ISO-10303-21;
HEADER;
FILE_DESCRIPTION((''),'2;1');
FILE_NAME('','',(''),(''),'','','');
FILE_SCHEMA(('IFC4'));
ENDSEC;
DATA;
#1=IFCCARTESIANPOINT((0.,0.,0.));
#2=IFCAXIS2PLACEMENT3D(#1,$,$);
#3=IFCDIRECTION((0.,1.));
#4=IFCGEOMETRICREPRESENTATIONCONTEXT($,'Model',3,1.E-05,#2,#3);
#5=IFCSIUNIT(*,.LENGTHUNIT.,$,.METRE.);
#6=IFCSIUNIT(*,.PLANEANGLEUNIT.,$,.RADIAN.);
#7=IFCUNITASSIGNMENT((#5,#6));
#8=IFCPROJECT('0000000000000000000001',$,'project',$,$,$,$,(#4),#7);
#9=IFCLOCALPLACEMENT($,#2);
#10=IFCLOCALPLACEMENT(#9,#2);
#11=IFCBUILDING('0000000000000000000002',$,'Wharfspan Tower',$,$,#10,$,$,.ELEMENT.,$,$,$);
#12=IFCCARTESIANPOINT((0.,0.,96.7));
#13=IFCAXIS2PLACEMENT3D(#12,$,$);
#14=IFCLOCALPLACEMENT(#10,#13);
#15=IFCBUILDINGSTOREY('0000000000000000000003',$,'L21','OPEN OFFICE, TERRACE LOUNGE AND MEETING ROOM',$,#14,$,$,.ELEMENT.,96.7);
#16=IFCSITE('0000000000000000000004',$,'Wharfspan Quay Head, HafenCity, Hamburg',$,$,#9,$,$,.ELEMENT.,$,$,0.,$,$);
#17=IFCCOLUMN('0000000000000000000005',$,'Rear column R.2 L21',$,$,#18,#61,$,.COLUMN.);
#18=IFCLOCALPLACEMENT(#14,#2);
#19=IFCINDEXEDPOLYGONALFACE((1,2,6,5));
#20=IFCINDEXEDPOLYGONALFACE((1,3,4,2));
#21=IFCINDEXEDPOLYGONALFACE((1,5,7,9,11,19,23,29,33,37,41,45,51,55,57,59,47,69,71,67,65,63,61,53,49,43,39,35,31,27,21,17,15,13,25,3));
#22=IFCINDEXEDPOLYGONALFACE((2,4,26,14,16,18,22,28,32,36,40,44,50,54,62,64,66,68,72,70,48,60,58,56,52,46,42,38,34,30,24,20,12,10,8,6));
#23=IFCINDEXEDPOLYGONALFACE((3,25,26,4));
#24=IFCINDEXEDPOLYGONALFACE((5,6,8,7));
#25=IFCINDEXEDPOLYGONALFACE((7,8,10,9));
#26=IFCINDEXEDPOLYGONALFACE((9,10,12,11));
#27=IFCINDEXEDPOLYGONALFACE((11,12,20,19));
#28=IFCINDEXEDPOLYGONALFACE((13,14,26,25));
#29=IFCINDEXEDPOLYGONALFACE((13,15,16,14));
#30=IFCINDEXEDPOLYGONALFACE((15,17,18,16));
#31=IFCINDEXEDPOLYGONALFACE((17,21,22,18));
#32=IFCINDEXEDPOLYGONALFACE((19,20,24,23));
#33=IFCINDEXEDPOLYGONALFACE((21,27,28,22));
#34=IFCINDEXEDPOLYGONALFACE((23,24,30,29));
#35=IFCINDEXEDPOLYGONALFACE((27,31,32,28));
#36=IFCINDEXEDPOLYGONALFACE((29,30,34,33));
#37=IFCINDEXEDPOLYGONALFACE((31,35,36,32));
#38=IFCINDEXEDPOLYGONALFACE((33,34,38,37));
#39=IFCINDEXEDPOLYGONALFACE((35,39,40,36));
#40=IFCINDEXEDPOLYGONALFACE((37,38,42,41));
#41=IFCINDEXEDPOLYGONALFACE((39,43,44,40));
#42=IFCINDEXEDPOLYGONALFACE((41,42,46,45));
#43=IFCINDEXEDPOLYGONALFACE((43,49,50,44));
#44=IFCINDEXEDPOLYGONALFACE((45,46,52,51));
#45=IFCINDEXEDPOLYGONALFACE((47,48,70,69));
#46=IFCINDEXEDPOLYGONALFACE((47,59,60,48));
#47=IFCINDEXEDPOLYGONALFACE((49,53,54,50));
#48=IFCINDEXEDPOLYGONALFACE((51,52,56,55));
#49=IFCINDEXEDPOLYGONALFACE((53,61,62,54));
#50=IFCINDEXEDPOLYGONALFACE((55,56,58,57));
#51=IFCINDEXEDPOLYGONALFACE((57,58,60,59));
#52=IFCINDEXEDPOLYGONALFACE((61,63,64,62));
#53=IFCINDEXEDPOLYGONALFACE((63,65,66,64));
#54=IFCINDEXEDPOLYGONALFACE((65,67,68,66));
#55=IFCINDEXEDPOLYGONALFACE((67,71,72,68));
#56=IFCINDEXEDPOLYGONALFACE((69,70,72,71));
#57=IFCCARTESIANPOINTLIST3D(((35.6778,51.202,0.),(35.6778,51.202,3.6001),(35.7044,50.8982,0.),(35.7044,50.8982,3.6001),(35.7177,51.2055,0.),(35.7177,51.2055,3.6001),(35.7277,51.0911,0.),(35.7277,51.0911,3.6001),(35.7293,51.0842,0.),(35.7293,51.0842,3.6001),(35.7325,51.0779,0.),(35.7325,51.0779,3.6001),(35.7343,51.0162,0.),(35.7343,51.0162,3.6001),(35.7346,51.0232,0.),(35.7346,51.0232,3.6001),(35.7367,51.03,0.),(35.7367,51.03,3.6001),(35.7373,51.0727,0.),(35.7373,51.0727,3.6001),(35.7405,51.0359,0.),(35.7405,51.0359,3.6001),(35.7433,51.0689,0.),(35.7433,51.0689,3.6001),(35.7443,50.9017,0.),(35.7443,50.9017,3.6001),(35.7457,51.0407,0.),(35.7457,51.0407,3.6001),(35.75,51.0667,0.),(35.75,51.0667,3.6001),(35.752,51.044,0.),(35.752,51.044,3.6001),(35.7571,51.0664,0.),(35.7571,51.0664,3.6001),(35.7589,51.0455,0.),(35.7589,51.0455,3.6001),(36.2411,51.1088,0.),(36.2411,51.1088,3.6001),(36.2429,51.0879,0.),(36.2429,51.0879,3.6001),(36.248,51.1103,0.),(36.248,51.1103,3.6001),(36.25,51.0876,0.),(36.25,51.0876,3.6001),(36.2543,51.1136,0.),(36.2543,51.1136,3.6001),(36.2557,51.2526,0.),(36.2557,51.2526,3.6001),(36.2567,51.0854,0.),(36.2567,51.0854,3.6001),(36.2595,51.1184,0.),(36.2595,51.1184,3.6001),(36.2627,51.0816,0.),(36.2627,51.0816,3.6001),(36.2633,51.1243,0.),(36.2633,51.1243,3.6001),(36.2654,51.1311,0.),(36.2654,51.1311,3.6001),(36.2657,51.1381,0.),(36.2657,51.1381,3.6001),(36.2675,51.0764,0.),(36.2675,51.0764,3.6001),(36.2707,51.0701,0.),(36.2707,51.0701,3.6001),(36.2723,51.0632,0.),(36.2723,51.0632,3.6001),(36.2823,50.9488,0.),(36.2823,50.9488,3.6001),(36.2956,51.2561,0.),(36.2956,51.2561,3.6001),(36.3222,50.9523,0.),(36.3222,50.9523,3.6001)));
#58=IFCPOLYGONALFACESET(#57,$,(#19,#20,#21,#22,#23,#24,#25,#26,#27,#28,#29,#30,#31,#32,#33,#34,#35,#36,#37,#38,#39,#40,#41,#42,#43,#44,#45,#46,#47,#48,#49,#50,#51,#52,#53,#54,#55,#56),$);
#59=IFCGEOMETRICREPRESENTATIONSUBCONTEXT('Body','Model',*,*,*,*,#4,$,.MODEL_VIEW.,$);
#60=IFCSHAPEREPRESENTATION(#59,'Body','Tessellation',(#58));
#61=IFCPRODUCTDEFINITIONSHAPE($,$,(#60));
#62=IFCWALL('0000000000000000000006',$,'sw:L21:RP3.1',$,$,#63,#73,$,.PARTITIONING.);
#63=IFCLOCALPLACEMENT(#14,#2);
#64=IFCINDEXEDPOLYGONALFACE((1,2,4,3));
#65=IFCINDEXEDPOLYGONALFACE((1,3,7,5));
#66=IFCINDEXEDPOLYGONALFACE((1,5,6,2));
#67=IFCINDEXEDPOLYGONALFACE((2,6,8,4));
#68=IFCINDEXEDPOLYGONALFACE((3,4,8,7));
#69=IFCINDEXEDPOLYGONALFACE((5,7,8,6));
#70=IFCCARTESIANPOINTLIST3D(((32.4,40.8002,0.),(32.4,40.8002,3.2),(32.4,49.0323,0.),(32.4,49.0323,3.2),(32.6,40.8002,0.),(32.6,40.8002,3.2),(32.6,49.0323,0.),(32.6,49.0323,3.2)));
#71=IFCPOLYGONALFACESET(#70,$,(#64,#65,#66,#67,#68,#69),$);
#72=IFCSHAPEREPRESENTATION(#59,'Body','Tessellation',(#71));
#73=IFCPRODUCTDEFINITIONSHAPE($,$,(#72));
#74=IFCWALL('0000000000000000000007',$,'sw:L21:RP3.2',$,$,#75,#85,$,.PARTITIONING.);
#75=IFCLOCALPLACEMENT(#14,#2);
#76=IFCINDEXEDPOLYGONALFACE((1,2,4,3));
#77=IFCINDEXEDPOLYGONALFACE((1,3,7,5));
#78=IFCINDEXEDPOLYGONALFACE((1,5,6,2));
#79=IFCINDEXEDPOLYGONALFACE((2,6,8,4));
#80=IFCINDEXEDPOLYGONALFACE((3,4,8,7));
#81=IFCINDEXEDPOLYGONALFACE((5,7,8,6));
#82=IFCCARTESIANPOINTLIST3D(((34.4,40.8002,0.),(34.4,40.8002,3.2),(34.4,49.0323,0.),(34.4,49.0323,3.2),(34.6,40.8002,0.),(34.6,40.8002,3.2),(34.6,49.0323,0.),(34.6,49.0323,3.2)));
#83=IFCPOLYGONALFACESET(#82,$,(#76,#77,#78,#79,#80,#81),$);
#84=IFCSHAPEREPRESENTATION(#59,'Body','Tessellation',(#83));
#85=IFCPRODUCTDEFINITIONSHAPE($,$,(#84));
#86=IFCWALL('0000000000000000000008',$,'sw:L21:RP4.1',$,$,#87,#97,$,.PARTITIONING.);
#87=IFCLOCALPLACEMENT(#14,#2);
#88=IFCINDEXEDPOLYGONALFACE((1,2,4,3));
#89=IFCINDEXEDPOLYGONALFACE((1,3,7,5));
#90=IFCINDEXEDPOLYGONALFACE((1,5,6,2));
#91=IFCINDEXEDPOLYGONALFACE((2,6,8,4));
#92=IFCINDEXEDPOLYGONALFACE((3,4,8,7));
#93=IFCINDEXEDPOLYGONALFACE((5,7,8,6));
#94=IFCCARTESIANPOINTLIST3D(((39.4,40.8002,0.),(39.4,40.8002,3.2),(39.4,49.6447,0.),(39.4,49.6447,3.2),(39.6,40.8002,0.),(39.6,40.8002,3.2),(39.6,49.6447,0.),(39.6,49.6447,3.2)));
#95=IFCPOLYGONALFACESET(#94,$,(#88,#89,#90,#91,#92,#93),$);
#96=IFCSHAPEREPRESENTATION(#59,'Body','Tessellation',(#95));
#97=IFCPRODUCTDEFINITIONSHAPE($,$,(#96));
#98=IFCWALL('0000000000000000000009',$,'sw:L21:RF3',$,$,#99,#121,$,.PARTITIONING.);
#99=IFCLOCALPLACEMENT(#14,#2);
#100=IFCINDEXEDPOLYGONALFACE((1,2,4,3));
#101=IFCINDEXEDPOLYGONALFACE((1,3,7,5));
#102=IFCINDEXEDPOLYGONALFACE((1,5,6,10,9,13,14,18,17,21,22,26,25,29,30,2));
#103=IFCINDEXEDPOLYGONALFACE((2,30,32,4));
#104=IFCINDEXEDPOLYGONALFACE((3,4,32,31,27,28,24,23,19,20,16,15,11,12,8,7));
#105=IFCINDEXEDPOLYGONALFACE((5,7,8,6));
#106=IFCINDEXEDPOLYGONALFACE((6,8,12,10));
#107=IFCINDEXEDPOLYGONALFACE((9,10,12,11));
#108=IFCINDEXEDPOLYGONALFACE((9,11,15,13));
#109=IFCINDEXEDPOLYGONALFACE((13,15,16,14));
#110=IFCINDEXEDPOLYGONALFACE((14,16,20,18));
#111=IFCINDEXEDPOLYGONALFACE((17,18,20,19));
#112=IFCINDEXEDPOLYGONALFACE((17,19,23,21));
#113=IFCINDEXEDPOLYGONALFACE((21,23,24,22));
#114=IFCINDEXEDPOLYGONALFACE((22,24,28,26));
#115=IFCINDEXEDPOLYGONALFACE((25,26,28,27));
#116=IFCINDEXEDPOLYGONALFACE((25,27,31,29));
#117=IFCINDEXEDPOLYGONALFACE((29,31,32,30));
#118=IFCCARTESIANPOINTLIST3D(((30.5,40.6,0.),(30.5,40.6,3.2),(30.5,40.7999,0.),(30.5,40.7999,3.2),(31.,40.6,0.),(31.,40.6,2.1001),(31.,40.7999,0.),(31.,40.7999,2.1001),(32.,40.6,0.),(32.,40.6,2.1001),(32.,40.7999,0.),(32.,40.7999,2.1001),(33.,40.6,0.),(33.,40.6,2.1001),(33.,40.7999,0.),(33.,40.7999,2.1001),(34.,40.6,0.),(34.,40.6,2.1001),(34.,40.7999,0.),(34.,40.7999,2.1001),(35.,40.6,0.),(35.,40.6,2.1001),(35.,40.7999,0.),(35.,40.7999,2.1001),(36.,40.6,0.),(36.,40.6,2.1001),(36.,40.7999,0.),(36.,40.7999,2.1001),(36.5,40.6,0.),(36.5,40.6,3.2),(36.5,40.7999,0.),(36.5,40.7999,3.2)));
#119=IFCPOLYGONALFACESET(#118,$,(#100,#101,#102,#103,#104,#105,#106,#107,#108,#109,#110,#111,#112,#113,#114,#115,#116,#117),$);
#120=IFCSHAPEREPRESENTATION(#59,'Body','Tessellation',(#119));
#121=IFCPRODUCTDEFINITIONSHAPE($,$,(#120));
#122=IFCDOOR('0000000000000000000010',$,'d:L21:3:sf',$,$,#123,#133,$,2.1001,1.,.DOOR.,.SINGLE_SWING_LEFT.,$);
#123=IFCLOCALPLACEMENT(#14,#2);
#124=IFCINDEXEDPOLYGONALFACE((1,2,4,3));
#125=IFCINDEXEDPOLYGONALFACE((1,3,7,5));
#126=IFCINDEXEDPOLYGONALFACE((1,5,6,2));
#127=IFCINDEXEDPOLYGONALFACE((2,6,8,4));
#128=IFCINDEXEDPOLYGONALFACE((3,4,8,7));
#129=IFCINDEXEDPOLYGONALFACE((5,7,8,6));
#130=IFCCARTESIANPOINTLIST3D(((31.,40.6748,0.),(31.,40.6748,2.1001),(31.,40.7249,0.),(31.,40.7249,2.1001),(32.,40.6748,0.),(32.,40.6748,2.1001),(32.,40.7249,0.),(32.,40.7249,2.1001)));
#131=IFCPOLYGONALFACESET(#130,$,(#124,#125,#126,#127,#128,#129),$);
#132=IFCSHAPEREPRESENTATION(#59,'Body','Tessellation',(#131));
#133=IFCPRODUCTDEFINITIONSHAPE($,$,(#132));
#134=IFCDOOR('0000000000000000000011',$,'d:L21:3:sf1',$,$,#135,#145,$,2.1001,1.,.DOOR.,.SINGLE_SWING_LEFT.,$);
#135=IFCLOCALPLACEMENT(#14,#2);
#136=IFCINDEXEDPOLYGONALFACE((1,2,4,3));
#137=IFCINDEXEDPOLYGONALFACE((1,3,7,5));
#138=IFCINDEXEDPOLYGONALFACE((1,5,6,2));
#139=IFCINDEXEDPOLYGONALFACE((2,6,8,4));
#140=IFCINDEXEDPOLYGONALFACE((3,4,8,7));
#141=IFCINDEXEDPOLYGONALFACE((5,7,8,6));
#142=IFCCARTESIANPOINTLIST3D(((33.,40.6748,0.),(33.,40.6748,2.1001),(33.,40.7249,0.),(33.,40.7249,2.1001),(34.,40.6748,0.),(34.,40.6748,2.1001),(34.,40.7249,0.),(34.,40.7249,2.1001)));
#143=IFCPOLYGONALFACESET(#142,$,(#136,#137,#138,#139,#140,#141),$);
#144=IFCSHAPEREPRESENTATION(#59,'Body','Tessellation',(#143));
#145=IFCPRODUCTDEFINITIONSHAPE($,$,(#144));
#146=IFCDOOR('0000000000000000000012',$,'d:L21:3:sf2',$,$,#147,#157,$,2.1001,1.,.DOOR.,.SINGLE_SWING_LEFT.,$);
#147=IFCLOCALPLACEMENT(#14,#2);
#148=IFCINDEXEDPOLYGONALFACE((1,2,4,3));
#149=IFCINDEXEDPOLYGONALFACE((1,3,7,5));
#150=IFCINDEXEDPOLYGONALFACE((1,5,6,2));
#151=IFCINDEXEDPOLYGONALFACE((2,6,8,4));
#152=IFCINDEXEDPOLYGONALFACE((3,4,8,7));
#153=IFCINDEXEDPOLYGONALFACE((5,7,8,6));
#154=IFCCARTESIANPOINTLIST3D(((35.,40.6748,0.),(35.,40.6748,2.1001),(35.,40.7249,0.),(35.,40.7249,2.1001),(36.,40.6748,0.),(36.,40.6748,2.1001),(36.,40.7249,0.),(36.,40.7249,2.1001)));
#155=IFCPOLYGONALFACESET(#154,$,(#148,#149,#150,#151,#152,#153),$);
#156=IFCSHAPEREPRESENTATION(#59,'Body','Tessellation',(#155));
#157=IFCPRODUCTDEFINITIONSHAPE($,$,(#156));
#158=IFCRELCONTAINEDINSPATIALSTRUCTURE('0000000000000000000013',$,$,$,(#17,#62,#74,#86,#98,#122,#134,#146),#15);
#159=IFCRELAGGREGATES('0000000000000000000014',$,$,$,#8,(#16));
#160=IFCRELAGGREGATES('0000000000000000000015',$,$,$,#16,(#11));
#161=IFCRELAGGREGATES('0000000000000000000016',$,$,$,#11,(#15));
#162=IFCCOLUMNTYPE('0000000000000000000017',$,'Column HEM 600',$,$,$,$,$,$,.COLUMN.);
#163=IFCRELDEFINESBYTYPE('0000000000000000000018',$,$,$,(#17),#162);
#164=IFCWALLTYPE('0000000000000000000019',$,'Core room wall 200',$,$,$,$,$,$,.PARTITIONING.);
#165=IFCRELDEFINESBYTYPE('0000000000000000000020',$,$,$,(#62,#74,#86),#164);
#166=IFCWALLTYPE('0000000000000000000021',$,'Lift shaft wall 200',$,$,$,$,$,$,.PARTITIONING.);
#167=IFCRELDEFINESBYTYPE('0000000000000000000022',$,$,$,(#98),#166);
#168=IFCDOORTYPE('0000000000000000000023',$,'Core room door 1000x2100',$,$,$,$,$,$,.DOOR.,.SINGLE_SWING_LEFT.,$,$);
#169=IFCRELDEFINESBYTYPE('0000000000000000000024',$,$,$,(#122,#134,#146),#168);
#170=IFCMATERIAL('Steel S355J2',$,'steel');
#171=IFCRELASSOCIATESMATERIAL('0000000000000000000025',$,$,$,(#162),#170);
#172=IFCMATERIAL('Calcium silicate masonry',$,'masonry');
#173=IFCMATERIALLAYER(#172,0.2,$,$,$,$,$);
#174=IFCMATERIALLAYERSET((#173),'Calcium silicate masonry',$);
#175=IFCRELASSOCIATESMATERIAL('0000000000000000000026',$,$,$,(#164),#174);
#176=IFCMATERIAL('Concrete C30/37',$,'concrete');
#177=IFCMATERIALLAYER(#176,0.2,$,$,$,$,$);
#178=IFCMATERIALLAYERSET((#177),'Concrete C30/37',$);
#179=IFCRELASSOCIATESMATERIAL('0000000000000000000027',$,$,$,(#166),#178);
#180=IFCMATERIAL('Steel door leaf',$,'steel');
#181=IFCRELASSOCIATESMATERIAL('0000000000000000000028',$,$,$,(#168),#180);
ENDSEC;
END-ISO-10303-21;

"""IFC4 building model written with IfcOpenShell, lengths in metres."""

from ifc_helpers import new_model, si_unit, direction, frame, frame_2d, origin, origin_2d, place, context, subcontext, project, spatial, rectangle, i_section, extrude, material, layer, layer_set, material_profile, profile_set, type_object, element, fill, save


model = new_model("IFC4")

# Units and contexts
model_context = context("Model", 3, precision=1e-05, world=origin(), true_north=direction((0.0, 1.0)))
body_context = subcontext(model_context, "Body", "Model", "MODEL_VIEW")
ifc_project = project(units=[si_unit("LENGTHUNIT", "METRE"), si_unit("PLANEANGLEUNIT", "RADIAN")], contexts=[model_context])

# Site, building, storey
site_placement = place(None, origin())
site = spatial("IfcSite", under=ifc_project, at=site_placement, Name="Wharfspan Quay Head, HafenCity, Hamburg", CompositionType="ELEMENT", RefElevation=0.0)
building_placement = place(site_placement, origin())
building = spatial("IfcBuilding", under=site, at=building_placement, Name="Wharfspan Tower", CompositionType="ELEMENT")
storey_placement = place(building_placement, frame((0.0, 0.0, 96.7)))
storey = spatial("IfcBuildingStorey", under=building, at=storey_placement, Name="L21", Description="OPEN OFFICE, TERRACE LOUNGE AND MEETING ROOM", CompositionType="ELEMENT", Elevation=96.7)

# Column
ifc_material_1 = material(Name="Steel S355J2", Category="steel")
ifc_material_profile = material_profile(ifc_material_1, i_section(OverallWidth=0.3049, OverallDepth=0.6201, WebThickness=0.021, FlangeThickness=0.04, FilletRadius=0.0271, at=origin_2d()))
ifc_profile_set = profile_set([ifc_material_profile], Name="Steel S355J2")
column_type = type_object("IfcColumnType", Name="Column HEM 600", PredefinedType="COLUMN", material=ifc_profile_set)
column_placement = place(storey_placement, frame((36.0, 51.0771, 0.0), z_axis=(0.0, 0.0, 1.0), x_axis=(-0.087156, 0.996198, 0.0)))
element("IfcColumn", 1, at=column_placement, inside=storey, type_object=column_type, Name="Rear column R.2 L21", PredefinedType="COLUMN", context=body_context, shape_type="SweptSolid", body=[
    extrude(i_section(OverallWidth=0.3049, OverallDepth=0.6201, WebThickness=0.021, FlangeThickness=0.04, FilletRadius=0.0271, at=origin_2d()), origin(), (0.0, 0.0, 1.0), 3.6001),
])

# Walls
ifc_material_2 = material(Name="Calcium silicate masonry", Category="masonry")
ifc_layer_1 = layer(ifc_material_2, 0.2)
ifc_layer_set_1 = layer_set([ifc_layer_1], Name="Calcium silicate masonry")
wall_type_1 = type_object("IfcWallType", Name="Core room wall 200", PredefinedType="PARTITIONING", material=ifc_layer_set_1)
for number, where, z_axis, x_axis, name in (
    (2, (32.5, 40.8, 0.0), (0.0, 0.0, 1.0), (0.0, 1.0, 0.0), "sw:L21:RP3.1"),
    (3, (34.5, 40.8, 0.0), (0.0, 0.0, 1.0), (0.0, 1.0, 0.0), "sw:L21:RP3.2"),
):
    element("IfcWall", number, at=place(storey_placement, frame(where, z_axis=z_axis, x_axis=x_axis)), inside=storey, type_object=wall_type_1, Name=name, PredefinedType="PARTITIONING", context=body_context, shape_type="SweptSolid", body=[
        extrude(rectangle(XDim=8.2322, YDim=0.2, at=frame_2d((4.1162, 0.0))), origin(), (0.0, 0.0, 1.0), 3.2),
    ])
wall_1_placement = place(storey_placement, frame((39.5, 40.8, 0.0), z_axis=(0.0, 0.0, 1.0), x_axis=(0.0, 1.0, 0.0)))
element("IfcWall", 4, at=wall_1_placement, inside=storey, type_object=wall_type_1, Name="sw:L21:RP4.1", PredefinedType="PARTITIONING", context=body_context, shape_type="SweptSolid", body=[
    extrude(rectangle(XDim=8.8445, YDim=0.2, at=frame_2d((4.4224, 0.0))), origin(), (0.0, 0.0, 1.0), 3.2),
])

# Wall, openings, doors
ifc_material_3 = material(Name="Concrete C30/37", Category="concrete")
ifc_layer_2 = layer(ifc_material_3, 0.2)
ifc_layer_set_2 = layer_set([ifc_layer_2], Name="Concrete C30/37")
wall_type_2 = type_object("IfcWallType", Name="Lift shaft wall 200", PredefinedType="PARTITIONING", material=ifc_layer_set_2)
wall_2_placement = place(storey_placement, frame((30.5, 40.7, 0.0), z_axis=(0.0, 0.0, 1.0), x_axis=(1.0, 0.0, 0.0)))
wall_2 = element("IfcWall", 5, at=wall_2_placement, inside=storey, type_object=wall_type_2, Name="sw:L21:RF3", PredefinedType="PARTITIONING", context=body_context, shape_type="SweptSolid", body=[
    extrude(rectangle(XDim=6.0, YDim=0.2, at=frame_2d((3.0, 0.0))), origin(), (0.0, 0.0, 1.0), 3.2),
])
opening_1_placement = place(wall_2_placement, frame((0.5, 0.0, 0.0)))
opening_1 = element("IfcOpeningElement", 6, at=opening_1_placement, cuts=wall_2, PredefinedType="OPENING", context=body_context, shape_type="SweptSolid", body=[
    extrude(rectangle(XDim=1.0, YDim=2.1001, at=frame_2d((0.5, 1.05))), frame((0.0, 0.1099, 0.0), z_axis=(0.0, -1.0, 0.0), x_axis=(1.0, 0.0, 0.0)), (0.0, 0.0, 1.0), 0.22),
])
opening_2_placement = place(wall_2_placement, frame((2.5, 0.0, 0.0)))
opening_2 = element("IfcOpeningElement", 7, at=opening_2_placement, cuts=wall_2, PredefinedType="OPENING", context=body_context, shape_type="SweptSolid", body=[
    extrude(rectangle(XDim=1.0, YDim=2.1001, at=frame_2d((0.5, 1.05))), frame((0.0, 0.1099, 0.0), z_axis=(0.0, -1.0, 0.0), x_axis=(1.0, 0.0, 0.0)), (0.0, 0.0, 1.0), 0.22),
])
opening_3_placement = place(wall_2_placement, frame((4.5, 0.0, 0.0)))
opening_3 = element("IfcOpeningElement", 8, at=opening_3_placement, cuts=wall_2, PredefinedType="OPENING", context=body_context, shape_type="SweptSolid", body=[
    extrude(rectangle(XDim=1.0, YDim=2.1001, at=frame_2d((0.5, 1.05))), frame((0.0, 0.1099, 0.0), z_axis=(0.0, -1.0, 0.0), x_axis=(1.0, 0.0, 0.0)), (0.0, 0.0, 1.0), 0.22),
])
ifc_material_4 = material(Name="Steel door leaf", Category="steel")
door_type = type_object("IfcDoorType", Name="Core room door 1000x2100", OperationType="SINGLE_SWING_LEFT", PredefinedType="DOOR", material=ifc_material_4)
door_1_placement = place(opening_1_placement, origin())
door_1 = element("IfcDoor", 9, at=door_1_placement, inside=storey, type_object=door_type, Name="d:L21:3:sf", OperationType="SINGLE_SWING_LEFT", OverallHeight=2.1001, OverallWidth=1.0, PredefinedType="DOOR", context=body_context, shape_type="SweptSolid", body=[
    extrude(rectangle(XDim=1.0, YDim=2.1001, at=frame_2d((0.5, 1.05))), frame((0.0, 0.0249, 0.0), z_axis=(0.0, -1.0, 0.0), x_axis=(1.0, 0.0, 0.0)), (0.0, 0.0, 1.0), 0.05),
])
fill(opening_1, door_1)
door_2_placement = place(opening_2_placement, origin())
door_2 = element("IfcDoor", 10, at=door_2_placement, inside=storey, type_object=door_type, Name="d:L21:3:sf1", OperationType="SINGLE_SWING_LEFT", OverallHeight=2.1001, OverallWidth=1.0, PredefinedType="DOOR", context=body_context, shape_type="SweptSolid", body=[
    extrude(rectangle(XDim=1.0, YDim=2.1001, at=frame_2d((0.5, 1.05))), frame((0.0, 0.0249, 0.0), z_axis=(0.0, -1.0, 0.0), x_axis=(1.0, 0.0, 0.0)), (0.0, 0.0, 1.0), 0.05),
])
fill(opening_2, door_2)
door_3_placement = place(opening_3_placement, origin())
door_3 = element("IfcDoor", 11, at=door_3_placement, inside=storey, type_object=door_type, Name="d:L21:3:sf2", OperationType="SINGLE_SWING_LEFT", OverallHeight=2.1001, OverallWidth=1.0, PredefinedType="DOOR", context=body_context, shape_type="SweptSolid", body=[
    extrude(rectangle(XDim=1.0, YDim=2.1001, at=frame_2d((0.5, 1.05))), frame((0.0, 0.0249, 0.0), z_axis=(0.0, -1.0, 0.0), x_axis=(1.0, 0.0, 0.0)), (0.0, 0.0, 1.0), 0.05),
])
fill(opening_3, door_3)

save(model, "model.ifc")
